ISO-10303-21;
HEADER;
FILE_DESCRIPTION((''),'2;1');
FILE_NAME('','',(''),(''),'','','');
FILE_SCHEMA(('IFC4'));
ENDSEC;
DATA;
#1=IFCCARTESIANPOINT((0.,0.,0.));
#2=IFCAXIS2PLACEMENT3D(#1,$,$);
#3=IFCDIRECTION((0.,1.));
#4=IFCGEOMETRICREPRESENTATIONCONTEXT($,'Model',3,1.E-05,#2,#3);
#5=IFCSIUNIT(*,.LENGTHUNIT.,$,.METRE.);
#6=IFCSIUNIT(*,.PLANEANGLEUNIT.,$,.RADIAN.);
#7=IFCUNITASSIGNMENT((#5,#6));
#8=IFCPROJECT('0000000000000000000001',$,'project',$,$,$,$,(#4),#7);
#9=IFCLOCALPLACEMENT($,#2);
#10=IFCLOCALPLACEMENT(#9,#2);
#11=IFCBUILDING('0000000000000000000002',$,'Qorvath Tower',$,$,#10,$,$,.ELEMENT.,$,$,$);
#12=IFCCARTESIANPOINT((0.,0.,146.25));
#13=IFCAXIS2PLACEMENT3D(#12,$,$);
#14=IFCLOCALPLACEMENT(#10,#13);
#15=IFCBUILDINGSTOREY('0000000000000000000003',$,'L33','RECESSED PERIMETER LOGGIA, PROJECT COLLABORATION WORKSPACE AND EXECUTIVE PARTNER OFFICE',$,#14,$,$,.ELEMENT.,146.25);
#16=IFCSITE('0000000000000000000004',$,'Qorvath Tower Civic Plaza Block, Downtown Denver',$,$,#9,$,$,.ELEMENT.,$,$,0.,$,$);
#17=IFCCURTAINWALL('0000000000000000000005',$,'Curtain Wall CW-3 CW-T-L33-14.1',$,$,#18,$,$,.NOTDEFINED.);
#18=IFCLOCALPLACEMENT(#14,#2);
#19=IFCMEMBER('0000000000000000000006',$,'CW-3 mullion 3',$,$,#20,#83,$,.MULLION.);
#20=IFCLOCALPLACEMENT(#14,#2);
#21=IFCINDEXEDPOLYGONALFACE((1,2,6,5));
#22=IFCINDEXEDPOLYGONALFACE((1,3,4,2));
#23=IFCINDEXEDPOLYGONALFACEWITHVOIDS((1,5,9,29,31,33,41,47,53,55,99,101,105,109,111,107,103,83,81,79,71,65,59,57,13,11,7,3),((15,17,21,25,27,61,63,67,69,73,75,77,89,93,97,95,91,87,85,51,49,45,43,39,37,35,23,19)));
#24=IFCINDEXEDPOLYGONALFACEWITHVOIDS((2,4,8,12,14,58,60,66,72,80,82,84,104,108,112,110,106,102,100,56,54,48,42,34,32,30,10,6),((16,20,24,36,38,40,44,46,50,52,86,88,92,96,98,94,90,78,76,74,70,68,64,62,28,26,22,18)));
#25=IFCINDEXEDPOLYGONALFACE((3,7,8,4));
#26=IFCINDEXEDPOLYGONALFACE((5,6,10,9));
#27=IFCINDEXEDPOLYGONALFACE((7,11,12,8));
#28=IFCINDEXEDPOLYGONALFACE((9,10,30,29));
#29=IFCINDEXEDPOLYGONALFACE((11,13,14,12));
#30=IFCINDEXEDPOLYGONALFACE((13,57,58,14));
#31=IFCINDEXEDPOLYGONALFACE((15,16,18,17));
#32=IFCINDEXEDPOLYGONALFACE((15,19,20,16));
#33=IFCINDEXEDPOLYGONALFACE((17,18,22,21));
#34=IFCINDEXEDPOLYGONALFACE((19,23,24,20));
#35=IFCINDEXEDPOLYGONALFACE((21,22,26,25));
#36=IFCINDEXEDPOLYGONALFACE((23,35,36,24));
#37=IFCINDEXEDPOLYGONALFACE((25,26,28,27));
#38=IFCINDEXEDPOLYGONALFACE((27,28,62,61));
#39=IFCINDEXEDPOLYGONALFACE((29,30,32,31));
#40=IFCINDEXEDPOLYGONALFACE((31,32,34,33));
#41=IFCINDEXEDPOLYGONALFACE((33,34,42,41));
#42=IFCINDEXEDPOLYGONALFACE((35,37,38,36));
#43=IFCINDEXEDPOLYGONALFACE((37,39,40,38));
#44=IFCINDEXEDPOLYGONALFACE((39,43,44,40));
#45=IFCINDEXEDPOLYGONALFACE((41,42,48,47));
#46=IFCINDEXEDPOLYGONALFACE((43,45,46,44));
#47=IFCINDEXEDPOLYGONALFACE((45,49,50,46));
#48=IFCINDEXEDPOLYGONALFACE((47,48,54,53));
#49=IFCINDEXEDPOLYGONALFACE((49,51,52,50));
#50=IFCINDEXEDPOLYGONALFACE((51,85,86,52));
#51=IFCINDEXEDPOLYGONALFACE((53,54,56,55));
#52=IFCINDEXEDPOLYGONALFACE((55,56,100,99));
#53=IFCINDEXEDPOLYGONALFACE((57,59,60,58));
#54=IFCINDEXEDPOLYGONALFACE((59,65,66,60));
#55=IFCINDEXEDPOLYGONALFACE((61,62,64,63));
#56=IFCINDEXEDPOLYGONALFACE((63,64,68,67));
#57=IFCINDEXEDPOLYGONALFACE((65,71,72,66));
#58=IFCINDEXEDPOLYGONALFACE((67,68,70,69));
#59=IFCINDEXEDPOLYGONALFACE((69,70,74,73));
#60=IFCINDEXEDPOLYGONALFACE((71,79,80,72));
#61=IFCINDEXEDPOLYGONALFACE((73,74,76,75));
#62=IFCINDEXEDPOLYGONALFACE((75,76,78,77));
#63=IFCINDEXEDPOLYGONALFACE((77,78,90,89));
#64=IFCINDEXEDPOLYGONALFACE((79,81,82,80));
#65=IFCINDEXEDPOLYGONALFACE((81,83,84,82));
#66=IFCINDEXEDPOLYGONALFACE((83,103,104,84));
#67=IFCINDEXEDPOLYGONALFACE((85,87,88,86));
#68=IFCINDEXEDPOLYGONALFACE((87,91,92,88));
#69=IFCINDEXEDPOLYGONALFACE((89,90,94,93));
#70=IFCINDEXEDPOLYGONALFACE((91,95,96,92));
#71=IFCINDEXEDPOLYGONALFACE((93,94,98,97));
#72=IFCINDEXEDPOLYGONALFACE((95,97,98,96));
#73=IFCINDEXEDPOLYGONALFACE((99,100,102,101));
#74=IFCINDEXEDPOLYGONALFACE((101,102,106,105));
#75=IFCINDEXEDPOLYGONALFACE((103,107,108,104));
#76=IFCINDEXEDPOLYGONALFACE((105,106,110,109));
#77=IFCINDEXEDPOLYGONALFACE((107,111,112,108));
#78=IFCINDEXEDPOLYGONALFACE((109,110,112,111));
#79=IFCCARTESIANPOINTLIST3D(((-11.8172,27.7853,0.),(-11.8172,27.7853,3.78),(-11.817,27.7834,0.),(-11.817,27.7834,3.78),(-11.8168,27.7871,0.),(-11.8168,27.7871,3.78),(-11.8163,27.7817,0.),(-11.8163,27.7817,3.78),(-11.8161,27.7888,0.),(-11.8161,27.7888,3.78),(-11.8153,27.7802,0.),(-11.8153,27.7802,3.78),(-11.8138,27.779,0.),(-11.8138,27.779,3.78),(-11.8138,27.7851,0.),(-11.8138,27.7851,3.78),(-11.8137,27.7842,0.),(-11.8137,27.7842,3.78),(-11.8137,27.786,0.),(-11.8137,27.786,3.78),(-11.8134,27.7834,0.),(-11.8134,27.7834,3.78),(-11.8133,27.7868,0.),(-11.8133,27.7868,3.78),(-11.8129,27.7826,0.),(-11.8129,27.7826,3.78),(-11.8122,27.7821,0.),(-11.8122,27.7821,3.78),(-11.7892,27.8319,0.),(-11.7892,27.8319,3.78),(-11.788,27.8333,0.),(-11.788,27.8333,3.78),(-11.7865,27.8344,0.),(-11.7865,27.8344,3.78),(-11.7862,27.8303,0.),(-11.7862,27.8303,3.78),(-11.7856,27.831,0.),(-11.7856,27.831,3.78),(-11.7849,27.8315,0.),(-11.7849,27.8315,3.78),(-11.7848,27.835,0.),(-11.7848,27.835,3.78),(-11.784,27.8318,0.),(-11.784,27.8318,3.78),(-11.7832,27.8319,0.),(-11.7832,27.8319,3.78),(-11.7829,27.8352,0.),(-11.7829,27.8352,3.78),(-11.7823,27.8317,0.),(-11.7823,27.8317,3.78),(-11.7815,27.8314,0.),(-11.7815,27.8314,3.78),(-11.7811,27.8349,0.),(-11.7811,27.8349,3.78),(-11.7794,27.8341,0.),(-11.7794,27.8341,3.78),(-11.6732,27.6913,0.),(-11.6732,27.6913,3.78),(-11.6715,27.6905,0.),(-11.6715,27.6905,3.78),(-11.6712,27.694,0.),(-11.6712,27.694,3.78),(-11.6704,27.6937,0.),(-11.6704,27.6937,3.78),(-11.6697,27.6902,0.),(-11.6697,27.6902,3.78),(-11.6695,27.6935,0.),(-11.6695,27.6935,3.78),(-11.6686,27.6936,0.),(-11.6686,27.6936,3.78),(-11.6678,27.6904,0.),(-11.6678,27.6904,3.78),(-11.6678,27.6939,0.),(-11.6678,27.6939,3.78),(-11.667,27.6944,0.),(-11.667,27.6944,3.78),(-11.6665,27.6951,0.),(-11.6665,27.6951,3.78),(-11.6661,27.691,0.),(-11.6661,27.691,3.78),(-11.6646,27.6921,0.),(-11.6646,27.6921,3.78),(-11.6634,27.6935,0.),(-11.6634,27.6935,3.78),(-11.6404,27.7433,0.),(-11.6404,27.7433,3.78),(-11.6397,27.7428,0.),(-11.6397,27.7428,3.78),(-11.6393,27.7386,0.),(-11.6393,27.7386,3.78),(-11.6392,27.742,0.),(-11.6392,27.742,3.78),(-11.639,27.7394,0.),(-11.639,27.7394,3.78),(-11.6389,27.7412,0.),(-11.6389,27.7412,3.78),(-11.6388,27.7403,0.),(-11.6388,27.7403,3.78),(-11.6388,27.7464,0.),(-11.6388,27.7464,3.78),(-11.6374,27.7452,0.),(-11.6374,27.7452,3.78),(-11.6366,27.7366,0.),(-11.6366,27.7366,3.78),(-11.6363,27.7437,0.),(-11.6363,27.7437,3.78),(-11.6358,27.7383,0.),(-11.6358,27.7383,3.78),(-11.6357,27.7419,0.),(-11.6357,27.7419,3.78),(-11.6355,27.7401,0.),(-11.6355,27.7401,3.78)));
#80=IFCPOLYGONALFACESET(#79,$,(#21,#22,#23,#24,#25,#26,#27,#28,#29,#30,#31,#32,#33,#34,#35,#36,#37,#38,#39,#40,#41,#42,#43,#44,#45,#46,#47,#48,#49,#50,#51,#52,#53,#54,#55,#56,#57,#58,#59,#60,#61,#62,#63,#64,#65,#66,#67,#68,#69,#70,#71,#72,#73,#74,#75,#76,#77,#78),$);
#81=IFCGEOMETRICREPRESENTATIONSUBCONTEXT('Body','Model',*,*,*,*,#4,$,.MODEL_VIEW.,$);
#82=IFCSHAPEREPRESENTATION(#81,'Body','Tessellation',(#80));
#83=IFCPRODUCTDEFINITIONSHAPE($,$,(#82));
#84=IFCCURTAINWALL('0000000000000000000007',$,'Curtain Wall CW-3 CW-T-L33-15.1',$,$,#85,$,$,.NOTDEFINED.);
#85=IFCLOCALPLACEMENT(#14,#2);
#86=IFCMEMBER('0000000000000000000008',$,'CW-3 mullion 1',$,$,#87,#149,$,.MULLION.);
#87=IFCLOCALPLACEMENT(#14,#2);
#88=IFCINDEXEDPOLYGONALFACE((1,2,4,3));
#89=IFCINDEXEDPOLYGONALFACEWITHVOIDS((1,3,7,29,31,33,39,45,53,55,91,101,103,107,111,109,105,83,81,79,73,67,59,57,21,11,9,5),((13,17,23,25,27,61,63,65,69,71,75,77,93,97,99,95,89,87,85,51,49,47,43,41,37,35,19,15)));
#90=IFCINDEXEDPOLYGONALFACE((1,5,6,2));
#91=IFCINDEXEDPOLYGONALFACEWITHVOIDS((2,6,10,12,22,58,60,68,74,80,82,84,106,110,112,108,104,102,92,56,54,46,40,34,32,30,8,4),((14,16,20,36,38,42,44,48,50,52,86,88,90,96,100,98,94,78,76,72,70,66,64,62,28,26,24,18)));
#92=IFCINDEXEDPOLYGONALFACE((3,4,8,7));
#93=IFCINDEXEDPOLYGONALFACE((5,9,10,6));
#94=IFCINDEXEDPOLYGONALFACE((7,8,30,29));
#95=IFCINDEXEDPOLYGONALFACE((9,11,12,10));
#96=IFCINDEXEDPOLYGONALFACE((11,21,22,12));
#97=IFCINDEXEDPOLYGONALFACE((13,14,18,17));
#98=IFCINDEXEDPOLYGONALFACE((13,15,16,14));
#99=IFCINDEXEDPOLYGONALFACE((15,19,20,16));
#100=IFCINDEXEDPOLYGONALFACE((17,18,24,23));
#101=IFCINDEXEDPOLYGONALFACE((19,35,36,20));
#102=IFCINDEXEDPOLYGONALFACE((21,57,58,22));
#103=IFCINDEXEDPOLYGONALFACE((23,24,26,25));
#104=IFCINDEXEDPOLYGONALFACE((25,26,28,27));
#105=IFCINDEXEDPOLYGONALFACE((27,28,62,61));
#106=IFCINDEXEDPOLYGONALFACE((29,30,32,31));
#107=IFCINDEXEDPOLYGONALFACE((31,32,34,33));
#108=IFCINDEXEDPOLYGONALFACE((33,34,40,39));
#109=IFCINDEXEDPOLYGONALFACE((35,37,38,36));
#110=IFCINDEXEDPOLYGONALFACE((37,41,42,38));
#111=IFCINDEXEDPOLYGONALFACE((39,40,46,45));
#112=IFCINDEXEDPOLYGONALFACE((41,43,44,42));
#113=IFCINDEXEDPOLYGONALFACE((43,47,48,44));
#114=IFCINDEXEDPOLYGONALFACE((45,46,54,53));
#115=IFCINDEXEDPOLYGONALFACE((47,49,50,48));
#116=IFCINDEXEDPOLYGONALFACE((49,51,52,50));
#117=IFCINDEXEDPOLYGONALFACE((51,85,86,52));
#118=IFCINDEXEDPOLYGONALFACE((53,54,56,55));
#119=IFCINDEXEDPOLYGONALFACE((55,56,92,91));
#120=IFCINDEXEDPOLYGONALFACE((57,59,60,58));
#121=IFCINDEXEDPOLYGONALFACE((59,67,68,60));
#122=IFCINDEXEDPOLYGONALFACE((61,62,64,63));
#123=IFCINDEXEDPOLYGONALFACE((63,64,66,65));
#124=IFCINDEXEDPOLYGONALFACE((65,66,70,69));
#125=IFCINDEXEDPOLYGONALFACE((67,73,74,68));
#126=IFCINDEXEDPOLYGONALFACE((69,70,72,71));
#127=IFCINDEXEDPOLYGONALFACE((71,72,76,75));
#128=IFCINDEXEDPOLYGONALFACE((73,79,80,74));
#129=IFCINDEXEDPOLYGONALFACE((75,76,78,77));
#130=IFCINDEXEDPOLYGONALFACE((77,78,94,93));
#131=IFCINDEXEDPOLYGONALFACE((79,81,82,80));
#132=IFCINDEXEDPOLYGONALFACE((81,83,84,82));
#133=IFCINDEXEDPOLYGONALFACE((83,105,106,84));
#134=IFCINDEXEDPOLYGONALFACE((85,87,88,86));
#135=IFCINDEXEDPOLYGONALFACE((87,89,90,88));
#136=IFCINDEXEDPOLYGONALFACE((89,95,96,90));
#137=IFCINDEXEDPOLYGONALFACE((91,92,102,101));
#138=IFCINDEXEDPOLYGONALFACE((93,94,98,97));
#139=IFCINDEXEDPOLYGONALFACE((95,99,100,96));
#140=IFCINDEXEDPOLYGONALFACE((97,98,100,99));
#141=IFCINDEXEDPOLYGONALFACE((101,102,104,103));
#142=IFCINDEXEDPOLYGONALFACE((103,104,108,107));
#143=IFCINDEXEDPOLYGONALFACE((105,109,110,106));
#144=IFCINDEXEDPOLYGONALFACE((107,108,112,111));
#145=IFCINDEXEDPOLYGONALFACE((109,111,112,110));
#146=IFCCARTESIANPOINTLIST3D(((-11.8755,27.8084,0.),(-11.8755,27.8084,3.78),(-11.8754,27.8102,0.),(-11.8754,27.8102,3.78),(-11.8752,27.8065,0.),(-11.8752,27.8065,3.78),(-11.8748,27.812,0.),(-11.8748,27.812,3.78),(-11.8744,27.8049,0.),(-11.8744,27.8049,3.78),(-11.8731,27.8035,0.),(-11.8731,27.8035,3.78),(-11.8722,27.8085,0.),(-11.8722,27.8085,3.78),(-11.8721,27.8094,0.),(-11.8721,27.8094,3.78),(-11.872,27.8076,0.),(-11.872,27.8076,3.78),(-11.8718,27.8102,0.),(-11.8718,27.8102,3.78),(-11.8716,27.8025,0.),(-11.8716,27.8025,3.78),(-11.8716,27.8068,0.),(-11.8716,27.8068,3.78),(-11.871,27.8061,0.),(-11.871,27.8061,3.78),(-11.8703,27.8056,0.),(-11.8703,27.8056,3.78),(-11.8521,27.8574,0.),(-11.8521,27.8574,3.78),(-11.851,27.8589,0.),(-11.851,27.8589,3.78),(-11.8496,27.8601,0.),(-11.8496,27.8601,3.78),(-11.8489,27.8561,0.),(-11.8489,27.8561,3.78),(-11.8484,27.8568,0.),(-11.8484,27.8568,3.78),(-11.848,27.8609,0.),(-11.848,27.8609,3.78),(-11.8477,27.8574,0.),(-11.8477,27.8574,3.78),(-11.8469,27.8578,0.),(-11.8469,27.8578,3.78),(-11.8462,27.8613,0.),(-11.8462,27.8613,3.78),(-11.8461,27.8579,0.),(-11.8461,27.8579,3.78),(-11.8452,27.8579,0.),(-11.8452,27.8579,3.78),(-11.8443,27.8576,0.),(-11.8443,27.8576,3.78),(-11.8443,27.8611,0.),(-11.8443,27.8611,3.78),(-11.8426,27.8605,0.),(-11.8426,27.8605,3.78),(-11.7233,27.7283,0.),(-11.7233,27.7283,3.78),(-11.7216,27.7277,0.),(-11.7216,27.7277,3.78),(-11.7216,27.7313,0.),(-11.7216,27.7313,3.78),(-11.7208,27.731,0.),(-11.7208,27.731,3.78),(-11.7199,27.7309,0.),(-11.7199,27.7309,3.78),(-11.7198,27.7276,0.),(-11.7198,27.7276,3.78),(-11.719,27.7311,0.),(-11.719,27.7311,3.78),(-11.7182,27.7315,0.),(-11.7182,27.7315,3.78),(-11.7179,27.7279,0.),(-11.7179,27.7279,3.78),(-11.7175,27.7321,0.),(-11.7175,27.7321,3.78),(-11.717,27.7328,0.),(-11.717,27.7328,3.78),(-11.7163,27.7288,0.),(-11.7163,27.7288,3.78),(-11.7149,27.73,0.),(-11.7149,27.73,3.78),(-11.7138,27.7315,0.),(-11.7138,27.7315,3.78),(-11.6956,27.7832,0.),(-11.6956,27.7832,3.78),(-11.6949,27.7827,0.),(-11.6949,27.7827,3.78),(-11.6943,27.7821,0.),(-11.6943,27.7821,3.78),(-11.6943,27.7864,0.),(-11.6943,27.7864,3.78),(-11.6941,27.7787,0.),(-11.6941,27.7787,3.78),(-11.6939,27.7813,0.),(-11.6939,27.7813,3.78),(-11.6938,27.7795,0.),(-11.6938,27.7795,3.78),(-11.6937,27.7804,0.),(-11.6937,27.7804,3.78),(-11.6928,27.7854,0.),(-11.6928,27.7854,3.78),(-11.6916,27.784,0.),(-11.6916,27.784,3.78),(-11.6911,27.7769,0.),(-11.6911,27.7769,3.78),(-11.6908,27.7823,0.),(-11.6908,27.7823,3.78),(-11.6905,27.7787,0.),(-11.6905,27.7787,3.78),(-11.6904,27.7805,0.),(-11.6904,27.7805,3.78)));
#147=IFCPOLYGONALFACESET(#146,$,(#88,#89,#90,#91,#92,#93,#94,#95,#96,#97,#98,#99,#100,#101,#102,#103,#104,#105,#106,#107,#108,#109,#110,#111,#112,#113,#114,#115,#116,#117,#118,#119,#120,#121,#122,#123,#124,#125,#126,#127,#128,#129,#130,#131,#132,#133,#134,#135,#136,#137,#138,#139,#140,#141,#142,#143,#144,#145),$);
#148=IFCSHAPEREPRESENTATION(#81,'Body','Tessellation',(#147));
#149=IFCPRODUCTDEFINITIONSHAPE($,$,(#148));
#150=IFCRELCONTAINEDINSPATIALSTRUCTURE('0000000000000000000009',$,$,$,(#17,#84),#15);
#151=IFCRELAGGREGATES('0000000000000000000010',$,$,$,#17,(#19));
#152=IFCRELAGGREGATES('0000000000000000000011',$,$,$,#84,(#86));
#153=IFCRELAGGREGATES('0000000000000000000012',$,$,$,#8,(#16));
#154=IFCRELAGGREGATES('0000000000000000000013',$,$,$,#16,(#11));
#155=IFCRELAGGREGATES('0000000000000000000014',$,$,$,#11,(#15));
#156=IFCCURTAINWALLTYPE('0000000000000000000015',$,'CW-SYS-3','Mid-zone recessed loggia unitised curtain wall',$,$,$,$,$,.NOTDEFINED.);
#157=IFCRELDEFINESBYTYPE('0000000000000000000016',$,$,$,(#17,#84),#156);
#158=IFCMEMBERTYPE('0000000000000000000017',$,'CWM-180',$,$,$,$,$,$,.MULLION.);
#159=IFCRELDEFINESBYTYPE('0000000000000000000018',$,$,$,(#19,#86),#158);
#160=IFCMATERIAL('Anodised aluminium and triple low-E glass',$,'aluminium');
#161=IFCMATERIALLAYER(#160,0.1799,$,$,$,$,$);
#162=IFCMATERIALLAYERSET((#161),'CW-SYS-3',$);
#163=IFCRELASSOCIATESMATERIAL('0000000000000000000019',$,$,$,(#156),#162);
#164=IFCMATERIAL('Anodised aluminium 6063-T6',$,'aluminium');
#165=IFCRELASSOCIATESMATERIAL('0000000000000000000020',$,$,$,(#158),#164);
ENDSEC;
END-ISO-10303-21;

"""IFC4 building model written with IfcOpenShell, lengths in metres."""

from ifc_helpers import new_model, si_unit, direction, frame, origin, origin_2d, place, context, subcontext, project, spatial, hollow_rectangle, extrude, material, layer, layer_set, material_profile, profile_set, type_object, element, aggregate, save


model = new_model("IFC4")

# Units and contexts
model_context = context("Model", 3, precision=1e-05, world=origin(), true_north=direction((0.0, 1.0)))
body_context = subcontext(model_context, "Body", "Model", "MODEL_VIEW")
ifc_project = project(units=[si_unit("LENGTHUNIT", "METRE"), si_unit("PLANEANGLEUNIT", "RADIAN")], contexts=[model_context])

# Site, building, storey
site_placement = place(None, origin())
site = spatial("IfcSite", under=ifc_project, at=site_placement, Name="Qorvath Tower Civic Plaza Block, Downtown Denver", CompositionType="ELEMENT", RefElevation=0.0)
building_placement = place(site_placement, origin())
building = spatial("IfcBuilding", under=site, at=building_placement, Name="Qorvath Tower", CompositionType="ELEMENT")
storey_placement = place(building_placement, frame((0.0, 0.0, 146.25)))
storey = spatial("IfcBuildingStorey", under=building, at=storey_placement, Name="L33", Description="RECESSED PERIMETER LOGGIA, PROJECT COLLABORATION WORKSPACE AND EXECUTIVE PARTNER OFFICE", CompositionType="ELEMENT", Elevation=146.25)

# Shared definitions
ifc_material_1 = material(Name="Anodised aluminium and triple low-E glass", Category="aluminium")
ifc_layer_1 = layer(ifc_material_1, 0.1799)
ifc_layer_set_1 = layer_set([ifc_layer_1], Name="CW-SYS-3")
curtain_wall_type = type_object("IfcCurtainWallType", Name="CW-SYS-3", Description="Mid-zone recessed loggia unitised curtain wall", PredefinedType="NOTDEFINED", material=ifc_layer_set_1)
ifc_material_2 = material(Name="Anodised aluminium 6063-T6", Category="aluminium")
ifc_material_profile_1 = material_profile(ifc_material_2, hollow_rectangle(XDim=0.0649, YDim=0.1799, WallThickness=0.0034, InnerFilletRadius=0.0034, OuterFilletRadius=0.0071, at=origin_2d()), Name="CWM 180x65")
ifc_profile_set_1 = profile_set([ifc_material_profile_1], Name="Anodised aluminium 6063-T6")
member_type_1 = type_object("IfcMemberType", Name="CWM-180", PredefinedType="MULLION", material=ifc_profile_set_1)

# Curtain walls, members
curtain_wall_1_placement = place(storey_placement, origin())
curtain_wall_1 = element("IfcCurtainWall", 1, at=curtain_wall_1_placement, inside=storey, type_object=curtain_wall_type, Name="Curtain Wall CW-3 CW-T-L33-14.1", PredefinedType="NOTDEFINED")
member_1_placement = place(storey_placement, frame((-11.7263, 27.7627, 0.0), z_axis=(0.0, 0.0, 1.0), x_axis=(-0.529441, -0.848346, 0.0)))
member_1 = element("IfcMember", 2, at=member_1_placement, type_object=member_type_1, Name="CW-3 mullion 3", PredefinedType="MULLION", context=body_context, shape_type="SweptSolid", body=[
    extrude(hollow_rectangle(XDim=0.0649, YDim=0.1799, WallThickness=0.0034, InnerFilletRadius=0.0034, OuterFilletRadius=0.0071, at=origin_2d()), origin(), (0.0, 0.0, 1.0), 3.78),
])
curtain_wall_2_placement = place(storey_placement, origin())
curtain_wall_2 = element("IfcCurtainWall", 3, at=curtain_wall_2_placement, inside=storey, type_object=curtain_wall_type, Name="Curtain Wall CW-3 CW-T-L33-15.1", PredefinedType="NOTDEFINED")
member_2_placement = place(storey_placement, frame((-11.783, 27.7944, 0.0), z_axis=(0.0, 0.0, 1.0), x_axis=(-0.447172, -0.894448, 0.0)))
member_2 = element("IfcMember", 4, at=member_2_placement, type_object=member_type_1, Name="CW-3 mullion 1", PredefinedType="MULLION", context=body_context, shape_type="SweptSolid", body=[
    extrude(hollow_rectangle(XDim=0.0649, YDim=0.1799, WallThickness=0.0034, InnerFilletRadius=0.0034, OuterFilletRadius=0.0071, at=origin_2d()), origin(), (0.0, 0.0, 1.0), 3.78),
])

aggregate(curtain_wall_1, [member_1])
aggregate(curtain_wall_2, [member_2])

save(model, "model.ifc")
